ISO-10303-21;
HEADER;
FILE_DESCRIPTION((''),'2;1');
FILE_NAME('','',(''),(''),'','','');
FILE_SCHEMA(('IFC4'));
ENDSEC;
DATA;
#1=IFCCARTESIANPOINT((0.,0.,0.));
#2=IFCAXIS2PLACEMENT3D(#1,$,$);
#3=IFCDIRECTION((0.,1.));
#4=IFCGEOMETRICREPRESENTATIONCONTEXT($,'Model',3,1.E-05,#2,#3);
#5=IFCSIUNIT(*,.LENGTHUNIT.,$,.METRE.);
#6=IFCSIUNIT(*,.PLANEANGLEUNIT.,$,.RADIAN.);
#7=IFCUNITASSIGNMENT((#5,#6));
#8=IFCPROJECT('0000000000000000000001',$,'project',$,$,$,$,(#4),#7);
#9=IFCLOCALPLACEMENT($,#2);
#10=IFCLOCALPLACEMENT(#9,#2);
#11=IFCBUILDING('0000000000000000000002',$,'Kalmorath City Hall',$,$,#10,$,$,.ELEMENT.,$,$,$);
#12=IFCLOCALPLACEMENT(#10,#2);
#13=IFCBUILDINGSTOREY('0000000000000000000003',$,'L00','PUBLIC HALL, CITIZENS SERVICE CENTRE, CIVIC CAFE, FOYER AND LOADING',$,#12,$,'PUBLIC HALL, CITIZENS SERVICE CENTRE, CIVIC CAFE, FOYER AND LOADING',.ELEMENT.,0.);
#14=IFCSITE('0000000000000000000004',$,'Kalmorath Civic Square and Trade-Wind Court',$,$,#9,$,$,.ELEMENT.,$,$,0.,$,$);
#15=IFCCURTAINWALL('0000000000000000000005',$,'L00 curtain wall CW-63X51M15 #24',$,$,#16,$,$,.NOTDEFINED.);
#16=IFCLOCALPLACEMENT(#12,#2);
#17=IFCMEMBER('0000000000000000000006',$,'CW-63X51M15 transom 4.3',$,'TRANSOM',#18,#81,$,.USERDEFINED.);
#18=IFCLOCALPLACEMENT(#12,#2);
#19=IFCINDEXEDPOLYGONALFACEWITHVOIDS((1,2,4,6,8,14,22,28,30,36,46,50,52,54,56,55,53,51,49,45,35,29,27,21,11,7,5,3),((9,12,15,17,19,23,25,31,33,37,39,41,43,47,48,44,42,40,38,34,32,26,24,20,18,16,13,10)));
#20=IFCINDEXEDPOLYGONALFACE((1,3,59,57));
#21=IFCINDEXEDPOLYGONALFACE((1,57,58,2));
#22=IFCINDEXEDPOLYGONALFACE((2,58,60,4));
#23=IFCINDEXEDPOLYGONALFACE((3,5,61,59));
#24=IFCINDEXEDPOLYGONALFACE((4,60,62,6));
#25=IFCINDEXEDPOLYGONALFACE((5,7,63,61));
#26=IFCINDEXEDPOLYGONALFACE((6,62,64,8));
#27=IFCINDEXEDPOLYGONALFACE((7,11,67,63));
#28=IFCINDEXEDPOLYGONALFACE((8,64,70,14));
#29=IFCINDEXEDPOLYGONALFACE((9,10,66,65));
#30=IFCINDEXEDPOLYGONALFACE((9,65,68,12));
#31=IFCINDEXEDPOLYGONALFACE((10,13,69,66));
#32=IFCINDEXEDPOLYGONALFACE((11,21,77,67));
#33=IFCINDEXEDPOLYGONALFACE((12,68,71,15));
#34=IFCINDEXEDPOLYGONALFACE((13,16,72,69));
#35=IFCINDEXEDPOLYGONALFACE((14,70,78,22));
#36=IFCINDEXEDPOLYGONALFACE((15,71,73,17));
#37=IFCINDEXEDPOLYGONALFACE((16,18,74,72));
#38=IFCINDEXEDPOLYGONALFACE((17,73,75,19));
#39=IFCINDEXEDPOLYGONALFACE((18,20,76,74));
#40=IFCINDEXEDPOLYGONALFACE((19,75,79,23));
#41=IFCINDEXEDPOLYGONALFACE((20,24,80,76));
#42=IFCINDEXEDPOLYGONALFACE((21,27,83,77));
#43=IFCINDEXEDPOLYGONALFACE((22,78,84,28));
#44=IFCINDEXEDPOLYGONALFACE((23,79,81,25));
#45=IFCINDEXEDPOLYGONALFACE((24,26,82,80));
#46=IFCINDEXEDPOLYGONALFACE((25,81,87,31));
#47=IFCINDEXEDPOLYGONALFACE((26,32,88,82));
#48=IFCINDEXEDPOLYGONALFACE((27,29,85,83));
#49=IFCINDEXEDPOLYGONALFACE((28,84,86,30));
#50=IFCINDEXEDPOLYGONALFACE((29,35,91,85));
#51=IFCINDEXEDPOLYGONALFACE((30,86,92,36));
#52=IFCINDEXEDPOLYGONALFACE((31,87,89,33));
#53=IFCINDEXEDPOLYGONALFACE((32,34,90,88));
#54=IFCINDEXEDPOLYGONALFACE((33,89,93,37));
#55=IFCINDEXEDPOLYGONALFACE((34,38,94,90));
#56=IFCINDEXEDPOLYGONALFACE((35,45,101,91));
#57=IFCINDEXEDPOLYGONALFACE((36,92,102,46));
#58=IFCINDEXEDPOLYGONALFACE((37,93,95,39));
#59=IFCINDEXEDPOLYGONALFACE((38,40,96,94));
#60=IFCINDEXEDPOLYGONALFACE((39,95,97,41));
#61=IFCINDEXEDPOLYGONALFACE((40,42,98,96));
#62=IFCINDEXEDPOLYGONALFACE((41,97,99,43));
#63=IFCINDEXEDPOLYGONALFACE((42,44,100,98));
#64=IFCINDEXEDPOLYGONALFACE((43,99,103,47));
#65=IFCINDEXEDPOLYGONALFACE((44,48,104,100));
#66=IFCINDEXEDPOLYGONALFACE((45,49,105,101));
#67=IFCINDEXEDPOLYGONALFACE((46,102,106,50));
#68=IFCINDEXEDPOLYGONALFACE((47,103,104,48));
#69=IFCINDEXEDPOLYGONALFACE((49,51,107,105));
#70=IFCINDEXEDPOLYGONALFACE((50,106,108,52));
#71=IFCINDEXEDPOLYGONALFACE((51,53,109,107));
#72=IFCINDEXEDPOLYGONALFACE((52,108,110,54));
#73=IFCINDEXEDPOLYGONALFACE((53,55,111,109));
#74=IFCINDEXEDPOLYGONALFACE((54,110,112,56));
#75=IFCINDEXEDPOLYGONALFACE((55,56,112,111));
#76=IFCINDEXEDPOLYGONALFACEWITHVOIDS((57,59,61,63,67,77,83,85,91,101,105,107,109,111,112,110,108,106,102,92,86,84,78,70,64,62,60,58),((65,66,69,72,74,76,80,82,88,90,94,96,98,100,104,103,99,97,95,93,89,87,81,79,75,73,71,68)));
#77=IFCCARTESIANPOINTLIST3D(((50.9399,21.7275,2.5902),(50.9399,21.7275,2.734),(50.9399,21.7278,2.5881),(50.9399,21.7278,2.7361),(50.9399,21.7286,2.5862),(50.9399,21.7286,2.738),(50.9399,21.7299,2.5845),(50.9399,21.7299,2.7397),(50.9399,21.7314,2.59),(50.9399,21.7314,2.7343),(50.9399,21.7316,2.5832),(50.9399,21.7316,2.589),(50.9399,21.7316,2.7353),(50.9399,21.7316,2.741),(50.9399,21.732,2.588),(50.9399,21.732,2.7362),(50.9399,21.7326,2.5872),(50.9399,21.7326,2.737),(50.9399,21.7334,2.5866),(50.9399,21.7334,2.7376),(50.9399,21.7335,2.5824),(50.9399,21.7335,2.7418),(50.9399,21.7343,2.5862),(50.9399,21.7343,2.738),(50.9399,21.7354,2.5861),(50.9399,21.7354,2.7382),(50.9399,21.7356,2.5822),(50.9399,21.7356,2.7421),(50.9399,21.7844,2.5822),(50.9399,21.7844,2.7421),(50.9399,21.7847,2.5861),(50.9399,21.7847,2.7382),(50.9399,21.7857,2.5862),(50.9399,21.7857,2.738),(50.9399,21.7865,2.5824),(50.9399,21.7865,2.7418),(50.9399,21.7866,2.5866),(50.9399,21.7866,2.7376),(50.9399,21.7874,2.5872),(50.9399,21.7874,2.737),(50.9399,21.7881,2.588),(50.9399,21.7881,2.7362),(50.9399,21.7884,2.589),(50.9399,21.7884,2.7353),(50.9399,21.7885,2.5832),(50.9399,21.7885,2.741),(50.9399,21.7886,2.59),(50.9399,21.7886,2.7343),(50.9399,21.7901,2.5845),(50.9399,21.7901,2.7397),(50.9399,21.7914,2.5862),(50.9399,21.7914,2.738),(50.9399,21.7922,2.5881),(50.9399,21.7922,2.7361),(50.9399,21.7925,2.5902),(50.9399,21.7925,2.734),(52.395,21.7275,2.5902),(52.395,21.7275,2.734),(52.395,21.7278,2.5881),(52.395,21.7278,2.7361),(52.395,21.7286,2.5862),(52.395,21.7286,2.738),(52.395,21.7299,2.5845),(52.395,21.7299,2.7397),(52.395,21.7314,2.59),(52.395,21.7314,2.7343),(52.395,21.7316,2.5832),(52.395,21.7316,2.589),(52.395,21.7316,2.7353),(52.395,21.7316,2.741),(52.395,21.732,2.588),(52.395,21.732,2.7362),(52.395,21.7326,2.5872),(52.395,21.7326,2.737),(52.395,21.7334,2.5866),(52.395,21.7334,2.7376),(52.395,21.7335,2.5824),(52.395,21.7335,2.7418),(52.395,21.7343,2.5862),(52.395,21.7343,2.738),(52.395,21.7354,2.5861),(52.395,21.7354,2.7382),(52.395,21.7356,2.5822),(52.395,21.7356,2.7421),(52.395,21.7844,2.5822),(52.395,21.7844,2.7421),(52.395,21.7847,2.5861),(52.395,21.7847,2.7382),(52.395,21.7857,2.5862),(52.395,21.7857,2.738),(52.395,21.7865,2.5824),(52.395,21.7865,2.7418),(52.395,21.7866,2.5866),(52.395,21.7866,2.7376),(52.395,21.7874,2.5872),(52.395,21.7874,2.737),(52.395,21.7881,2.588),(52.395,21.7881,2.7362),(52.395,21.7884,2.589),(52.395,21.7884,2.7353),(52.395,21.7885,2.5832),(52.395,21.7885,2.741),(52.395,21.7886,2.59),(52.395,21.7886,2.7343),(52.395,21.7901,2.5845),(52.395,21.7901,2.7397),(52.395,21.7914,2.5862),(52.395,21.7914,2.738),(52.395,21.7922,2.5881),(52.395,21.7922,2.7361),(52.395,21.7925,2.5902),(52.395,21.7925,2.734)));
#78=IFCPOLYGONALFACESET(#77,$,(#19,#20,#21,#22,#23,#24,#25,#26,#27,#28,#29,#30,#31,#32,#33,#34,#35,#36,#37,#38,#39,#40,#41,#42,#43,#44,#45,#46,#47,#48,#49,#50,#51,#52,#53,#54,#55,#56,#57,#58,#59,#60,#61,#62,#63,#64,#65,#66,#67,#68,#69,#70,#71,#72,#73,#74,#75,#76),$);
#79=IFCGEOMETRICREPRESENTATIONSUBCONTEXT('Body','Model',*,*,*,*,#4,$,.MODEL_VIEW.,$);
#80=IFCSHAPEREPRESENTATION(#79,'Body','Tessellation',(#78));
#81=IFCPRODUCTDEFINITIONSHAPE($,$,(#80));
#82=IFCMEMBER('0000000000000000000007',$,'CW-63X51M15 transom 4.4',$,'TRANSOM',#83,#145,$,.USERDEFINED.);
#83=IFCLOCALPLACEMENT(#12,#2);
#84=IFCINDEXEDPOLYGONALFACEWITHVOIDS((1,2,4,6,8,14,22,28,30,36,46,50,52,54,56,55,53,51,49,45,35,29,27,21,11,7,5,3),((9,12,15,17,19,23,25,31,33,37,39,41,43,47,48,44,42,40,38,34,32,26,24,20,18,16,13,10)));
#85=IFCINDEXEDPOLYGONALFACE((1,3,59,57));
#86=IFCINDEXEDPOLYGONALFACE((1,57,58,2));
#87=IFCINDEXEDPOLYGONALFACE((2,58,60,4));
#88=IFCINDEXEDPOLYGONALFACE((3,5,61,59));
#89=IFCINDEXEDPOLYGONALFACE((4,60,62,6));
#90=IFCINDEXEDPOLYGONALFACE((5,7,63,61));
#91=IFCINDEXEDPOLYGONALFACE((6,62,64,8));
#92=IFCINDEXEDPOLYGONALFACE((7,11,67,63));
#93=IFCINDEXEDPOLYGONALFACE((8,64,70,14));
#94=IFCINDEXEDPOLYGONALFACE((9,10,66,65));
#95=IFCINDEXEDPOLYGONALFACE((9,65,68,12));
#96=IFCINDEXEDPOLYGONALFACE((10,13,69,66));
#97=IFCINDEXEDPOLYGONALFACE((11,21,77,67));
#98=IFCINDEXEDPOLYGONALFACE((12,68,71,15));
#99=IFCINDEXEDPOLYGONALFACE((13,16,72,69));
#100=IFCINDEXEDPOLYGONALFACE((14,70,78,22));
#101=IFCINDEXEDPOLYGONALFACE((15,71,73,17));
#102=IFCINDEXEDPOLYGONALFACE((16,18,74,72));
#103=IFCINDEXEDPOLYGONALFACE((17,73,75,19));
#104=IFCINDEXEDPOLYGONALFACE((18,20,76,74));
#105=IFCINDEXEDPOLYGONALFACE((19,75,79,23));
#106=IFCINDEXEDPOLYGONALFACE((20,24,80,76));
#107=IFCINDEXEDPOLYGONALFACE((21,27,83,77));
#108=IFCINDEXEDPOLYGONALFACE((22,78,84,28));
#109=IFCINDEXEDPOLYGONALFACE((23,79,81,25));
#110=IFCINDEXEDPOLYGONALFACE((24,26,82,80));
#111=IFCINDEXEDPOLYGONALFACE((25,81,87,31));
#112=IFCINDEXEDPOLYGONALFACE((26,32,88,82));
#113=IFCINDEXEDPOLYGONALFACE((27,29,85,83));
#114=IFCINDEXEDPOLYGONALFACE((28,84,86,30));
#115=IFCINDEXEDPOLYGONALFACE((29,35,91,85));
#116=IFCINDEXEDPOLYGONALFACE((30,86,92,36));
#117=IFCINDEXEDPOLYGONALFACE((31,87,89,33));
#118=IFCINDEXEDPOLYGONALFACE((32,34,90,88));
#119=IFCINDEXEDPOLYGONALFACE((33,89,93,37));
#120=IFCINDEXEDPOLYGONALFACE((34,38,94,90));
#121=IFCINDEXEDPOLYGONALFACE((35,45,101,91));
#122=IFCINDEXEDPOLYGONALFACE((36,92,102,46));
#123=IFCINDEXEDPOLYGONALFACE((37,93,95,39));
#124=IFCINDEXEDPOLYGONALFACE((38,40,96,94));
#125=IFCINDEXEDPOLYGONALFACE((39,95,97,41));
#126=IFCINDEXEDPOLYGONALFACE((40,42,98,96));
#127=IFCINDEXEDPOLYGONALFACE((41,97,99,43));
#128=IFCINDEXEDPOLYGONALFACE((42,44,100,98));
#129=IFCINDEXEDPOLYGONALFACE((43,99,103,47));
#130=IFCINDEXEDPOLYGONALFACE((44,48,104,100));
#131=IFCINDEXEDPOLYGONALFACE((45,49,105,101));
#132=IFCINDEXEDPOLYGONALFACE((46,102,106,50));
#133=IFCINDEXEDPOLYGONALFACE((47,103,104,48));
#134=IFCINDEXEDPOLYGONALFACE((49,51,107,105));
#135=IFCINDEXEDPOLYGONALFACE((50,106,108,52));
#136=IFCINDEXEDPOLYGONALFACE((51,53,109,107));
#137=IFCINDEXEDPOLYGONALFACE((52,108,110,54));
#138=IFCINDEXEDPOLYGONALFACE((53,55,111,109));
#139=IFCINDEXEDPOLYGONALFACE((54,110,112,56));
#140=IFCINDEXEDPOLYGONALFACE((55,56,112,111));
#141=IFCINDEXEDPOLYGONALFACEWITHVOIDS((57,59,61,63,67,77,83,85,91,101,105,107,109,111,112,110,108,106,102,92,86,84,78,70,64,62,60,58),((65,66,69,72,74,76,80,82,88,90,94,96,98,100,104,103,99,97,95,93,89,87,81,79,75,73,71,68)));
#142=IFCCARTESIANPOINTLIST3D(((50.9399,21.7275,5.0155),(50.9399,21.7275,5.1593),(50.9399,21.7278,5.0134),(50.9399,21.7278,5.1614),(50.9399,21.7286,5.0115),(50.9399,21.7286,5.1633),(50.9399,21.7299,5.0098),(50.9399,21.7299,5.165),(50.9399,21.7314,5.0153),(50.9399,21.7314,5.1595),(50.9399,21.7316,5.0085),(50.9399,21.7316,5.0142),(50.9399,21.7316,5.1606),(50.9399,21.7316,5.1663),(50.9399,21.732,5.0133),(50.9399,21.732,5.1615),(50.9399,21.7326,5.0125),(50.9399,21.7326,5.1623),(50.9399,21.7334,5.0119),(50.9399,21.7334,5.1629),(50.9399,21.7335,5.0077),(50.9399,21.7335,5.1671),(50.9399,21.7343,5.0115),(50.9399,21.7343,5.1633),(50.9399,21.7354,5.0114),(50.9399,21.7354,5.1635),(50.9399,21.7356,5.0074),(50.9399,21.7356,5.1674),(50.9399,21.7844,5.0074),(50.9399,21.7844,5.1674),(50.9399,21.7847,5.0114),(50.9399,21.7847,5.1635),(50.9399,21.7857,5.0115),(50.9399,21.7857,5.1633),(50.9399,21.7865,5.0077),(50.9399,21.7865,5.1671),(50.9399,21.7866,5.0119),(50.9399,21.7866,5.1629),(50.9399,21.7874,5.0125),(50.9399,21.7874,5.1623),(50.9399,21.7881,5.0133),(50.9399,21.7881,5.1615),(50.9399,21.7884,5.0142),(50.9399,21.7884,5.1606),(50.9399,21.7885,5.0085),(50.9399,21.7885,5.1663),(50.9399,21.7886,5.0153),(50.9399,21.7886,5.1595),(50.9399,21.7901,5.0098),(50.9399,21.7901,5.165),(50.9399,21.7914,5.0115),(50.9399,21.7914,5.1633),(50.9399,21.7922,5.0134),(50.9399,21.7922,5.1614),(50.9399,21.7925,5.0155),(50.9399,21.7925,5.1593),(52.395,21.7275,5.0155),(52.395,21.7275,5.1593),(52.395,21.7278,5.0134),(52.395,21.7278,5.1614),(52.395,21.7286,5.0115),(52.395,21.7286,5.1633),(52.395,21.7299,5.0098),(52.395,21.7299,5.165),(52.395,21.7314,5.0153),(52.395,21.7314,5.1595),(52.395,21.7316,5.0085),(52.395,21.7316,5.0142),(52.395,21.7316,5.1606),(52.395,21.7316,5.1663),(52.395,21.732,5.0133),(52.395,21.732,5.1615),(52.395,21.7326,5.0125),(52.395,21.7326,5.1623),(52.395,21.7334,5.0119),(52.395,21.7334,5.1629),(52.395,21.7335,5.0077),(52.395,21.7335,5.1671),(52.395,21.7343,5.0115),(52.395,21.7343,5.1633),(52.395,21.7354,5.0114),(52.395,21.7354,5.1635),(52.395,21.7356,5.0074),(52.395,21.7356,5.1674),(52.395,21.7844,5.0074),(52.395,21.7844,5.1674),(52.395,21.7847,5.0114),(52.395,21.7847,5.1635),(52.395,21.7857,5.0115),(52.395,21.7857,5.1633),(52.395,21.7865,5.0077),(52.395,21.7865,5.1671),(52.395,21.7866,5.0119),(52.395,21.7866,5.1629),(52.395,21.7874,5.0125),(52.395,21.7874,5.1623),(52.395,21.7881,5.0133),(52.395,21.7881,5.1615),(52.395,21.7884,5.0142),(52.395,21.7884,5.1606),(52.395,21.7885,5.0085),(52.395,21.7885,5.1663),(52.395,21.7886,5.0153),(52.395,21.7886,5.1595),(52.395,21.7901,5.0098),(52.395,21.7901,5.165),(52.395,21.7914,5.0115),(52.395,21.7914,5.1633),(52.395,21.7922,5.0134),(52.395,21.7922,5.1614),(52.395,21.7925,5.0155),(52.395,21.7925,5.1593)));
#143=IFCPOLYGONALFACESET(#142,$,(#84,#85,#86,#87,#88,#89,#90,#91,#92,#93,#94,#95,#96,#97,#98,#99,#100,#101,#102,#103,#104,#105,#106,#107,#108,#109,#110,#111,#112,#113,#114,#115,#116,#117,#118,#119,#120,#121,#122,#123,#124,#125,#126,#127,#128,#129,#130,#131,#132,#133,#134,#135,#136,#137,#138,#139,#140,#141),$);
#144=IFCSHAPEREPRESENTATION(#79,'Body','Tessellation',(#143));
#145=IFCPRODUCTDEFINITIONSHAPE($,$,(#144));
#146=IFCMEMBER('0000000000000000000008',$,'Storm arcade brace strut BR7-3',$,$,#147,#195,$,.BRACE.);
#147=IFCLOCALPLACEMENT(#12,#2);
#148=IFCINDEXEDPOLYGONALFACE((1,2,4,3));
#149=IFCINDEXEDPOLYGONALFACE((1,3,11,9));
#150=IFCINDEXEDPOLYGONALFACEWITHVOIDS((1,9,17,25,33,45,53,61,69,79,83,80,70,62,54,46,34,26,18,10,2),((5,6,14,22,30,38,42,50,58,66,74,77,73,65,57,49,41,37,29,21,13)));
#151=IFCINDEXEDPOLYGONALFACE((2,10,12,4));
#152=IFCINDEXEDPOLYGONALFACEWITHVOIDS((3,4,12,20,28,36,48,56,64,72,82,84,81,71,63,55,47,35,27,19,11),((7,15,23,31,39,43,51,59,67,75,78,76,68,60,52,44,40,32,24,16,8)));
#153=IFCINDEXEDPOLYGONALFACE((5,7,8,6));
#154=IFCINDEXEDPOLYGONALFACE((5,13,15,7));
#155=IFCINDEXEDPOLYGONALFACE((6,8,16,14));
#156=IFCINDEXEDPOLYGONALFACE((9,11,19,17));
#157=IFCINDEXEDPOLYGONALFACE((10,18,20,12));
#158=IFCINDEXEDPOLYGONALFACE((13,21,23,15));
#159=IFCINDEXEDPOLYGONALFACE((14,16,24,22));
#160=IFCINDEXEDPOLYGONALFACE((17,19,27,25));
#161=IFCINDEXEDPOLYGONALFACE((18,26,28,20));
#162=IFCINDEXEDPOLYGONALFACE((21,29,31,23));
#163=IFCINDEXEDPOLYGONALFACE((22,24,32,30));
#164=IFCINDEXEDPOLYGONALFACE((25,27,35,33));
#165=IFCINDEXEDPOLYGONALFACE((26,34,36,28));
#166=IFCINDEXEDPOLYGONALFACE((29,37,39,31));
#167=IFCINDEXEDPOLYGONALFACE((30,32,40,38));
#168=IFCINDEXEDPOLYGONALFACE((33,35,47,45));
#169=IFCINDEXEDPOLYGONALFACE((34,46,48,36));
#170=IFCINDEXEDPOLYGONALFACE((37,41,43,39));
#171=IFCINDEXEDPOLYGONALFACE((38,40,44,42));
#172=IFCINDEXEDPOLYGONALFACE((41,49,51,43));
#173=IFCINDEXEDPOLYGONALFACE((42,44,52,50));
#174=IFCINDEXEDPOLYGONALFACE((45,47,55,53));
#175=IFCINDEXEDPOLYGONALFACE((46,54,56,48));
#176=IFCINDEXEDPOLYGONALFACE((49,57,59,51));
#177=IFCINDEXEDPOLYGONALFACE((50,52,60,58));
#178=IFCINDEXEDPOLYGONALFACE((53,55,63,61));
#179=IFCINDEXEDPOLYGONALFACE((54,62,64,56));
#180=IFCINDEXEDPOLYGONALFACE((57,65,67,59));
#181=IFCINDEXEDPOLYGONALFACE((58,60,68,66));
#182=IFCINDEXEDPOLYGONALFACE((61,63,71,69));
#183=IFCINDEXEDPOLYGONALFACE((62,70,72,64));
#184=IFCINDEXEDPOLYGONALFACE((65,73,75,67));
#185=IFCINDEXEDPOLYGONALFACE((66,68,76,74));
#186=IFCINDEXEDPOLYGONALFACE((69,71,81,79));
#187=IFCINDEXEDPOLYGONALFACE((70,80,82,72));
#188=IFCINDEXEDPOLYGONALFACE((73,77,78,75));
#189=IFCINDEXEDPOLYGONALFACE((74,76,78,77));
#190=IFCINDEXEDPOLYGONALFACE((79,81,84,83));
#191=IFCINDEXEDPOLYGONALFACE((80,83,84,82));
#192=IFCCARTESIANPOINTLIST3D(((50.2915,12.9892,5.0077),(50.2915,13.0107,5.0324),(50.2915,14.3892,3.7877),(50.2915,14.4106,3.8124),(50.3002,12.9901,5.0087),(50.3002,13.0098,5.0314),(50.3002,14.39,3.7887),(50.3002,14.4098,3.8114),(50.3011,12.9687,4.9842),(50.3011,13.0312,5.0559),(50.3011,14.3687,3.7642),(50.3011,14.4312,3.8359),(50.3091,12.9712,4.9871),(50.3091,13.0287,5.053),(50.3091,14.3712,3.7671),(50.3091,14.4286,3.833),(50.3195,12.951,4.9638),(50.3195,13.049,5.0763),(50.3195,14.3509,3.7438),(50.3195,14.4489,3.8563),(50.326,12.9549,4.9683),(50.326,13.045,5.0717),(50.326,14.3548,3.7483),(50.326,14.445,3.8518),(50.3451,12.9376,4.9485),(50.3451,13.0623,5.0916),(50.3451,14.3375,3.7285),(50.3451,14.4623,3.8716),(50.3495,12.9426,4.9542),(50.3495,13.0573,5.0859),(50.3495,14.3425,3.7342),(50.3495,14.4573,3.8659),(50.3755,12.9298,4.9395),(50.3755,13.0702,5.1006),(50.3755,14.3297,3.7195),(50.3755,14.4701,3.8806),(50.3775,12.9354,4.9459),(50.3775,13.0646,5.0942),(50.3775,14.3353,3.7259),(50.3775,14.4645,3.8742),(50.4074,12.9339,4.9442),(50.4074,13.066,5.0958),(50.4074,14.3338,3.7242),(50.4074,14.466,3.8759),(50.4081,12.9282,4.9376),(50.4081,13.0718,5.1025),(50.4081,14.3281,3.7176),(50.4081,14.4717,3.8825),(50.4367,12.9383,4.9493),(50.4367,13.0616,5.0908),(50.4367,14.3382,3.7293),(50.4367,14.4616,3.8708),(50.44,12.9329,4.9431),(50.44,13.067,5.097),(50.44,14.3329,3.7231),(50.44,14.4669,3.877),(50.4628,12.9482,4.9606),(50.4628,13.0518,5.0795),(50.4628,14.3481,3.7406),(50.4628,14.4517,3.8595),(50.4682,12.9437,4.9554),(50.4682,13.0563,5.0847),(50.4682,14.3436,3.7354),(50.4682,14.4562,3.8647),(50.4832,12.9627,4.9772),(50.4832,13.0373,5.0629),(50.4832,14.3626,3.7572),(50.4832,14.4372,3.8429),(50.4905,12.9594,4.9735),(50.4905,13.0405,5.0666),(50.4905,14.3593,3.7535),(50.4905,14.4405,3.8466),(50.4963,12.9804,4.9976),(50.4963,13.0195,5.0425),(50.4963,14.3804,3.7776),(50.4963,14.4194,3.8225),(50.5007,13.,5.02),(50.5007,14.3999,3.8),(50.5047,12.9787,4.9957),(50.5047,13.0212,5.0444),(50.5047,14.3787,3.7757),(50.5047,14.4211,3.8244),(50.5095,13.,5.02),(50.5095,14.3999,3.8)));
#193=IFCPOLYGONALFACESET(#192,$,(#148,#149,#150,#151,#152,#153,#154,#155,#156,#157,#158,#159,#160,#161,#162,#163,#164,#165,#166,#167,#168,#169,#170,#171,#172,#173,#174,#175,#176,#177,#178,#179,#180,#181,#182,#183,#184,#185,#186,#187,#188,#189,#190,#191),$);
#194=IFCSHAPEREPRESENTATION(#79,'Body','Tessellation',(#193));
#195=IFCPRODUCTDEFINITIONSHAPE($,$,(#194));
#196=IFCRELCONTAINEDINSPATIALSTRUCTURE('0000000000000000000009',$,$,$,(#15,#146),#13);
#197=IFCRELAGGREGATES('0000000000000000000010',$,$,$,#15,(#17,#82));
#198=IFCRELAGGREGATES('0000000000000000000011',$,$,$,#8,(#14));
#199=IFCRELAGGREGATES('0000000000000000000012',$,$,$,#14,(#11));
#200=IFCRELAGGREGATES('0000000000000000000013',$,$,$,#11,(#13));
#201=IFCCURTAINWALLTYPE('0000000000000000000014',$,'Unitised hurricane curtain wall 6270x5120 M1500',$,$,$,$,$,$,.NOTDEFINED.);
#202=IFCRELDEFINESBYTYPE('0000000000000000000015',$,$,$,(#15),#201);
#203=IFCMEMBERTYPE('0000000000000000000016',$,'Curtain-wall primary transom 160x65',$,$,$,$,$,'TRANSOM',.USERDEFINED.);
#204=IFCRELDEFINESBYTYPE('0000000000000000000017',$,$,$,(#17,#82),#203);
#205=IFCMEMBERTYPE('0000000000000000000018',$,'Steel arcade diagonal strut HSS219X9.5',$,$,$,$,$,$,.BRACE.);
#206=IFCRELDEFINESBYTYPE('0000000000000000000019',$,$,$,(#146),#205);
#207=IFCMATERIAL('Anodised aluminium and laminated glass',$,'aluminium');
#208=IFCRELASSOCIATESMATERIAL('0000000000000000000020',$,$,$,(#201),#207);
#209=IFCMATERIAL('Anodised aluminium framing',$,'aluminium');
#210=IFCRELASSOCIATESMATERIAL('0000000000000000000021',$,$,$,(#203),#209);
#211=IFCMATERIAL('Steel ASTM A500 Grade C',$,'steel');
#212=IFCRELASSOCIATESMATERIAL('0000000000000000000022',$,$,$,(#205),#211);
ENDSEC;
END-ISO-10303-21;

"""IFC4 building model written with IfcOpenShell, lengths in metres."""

from ifc_helpers import new_model, si_unit, direction, frame, origin, origin_2d, place, context, subcontext, project, spatial, hollow_rectangle, hollow_circle, extrude, material, material_profile, profile_set, type_object, element, aggregate, save


model = new_model("IFC4")

# Units and contexts
model_context = context("Model", 3, precision=1e-05, world=origin(), true_north=direction((0.0, 1.0)))
body_context = subcontext(model_context, "Body", "Model", "MODEL_VIEW")
ifc_project = project(units=[si_unit("LENGTHUNIT", "METRE"), si_unit("PLANEANGLEUNIT", "RADIAN")], contexts=[model_context])

# Site, building, storey
site_placement = place(None, origin())
site = spatial("IfcSite", under=ifc_project, at=site_placement, Name="Kalmorath Civic Square and Trade-Wind Court", CompositionType="ELEMENT", RefElevation=0.0)
building_placement = place(site_placement, origin())
building = spatial("IfcBuilding", under=site, at=building_placement, Name="Kalmorath City Hall", CompositionType="ELEMENT")
storey_placement = place(building_placement, origin())
storey = spatial("IfcBuildingStorey", under=building, at=storey_placement, Name="L00", Description="PUBLIC HALL, CITIZENS SERVICE CENTRE, CIVIC CAFE, FOYER AND LOADING", LongName="PUBLIC HALL, CITIZENS SERVICE CENTRE, CIVIC CAFE, FOYER AND LOADING", CompositionType="ELEMENT", Elevation=0.0)

# Curtain wall, members
ifc_material_1 = material(Name="Anodised aluminium and laminated glass", Category="aluminium")
curtain_wall_type = type_object("IfcCurtainWallType", Name="Unitised hurricane curtain wall 6270x5120 M1500", PredefinedType="NOTDEFINED", material=ifc_material_1)
curtain_wall_placement = place(storey_placement, origin())
curtain_wall = element("IfcCurtainWall", 1, at=curtain_wall_placement, inside=storey, type_object=curtain_wall_type, Name="L00 curtain wall CW-63X51M15 #24", PredefinedType="NOTDEFINED")
ifc_material_2 = material(Name="Anodised aluminium framing", Category="aluminium")
ifc_material_profile_1 = material_profile(ifc_material_2, hollow_rectangle(XDim=0.0649, YDim=0.1599, WallThickness=0.0039, InnerFilletRadius=0.0039, OuterFilletRadius=0.0081, at=origin_2d()), Name="ALU-TRN-160X65X4")
ifc_profile_set_1 = profile_set([ifc_material_profile_1], Name="Anodised aluminium framing")
member_type_1 = type_object("IfcMemberType", Name="Curtain-wall primary transom 160x65", ElementType="TRANSOM", PredefinedType="USERDEFINED", material=ifc_profile_set_1)
member_1_placement = place(storey_placement, frame((52.395, 21.76, 2.6621), z_axis=(-1.0, 0.0, 0.0), x_axis=(0.0, -1.0, 0.0)))
member_1 = element("IfcMember", 2, at=member_1_placement, type_object=member_type_1, Name="CW-63X51M15 transom 4.3", ObjectType="TRANSOM", PredefinedType="USERDEFINED", context=body_context, shape_type="SweptSolid", body=[
    extrude(hollow_rectangle(XDim=0.0649, YDim=0.1599, WallThickness=0.0039, InnerFilletRadius=0.0039, OuterFilletRadius=0.0081, at=origin_2d()), origin(), (0.0, 0.0, 1.0), 1.4551),
])
member_2_placement = place(storey_placement, frame((52.395, 21.76, 5.0874), z_axis=(-1.0, 0.0, 0.0), x_axis=(0.0, -1.0, 0.0)))
member_2 = element("IfcMember", 3, at=member_2_placement, type_object=member_type_1, Name="CW-63X51M15 transom 4.4", ObjectType="TRANSOM", PredefinedType="USERDEFINED", context=body_context, shape_type="SweptSolid", body=[
    extrude(hollow_rectangle(XDim=0.0649, YDim=0.1599, WallThickness=0.0039, InnerFilletRadius=0.0039, OuterFilletRadius=0.0081, at=origin_2d()), origin(), (0.0, 0.0, 1.0), 1.4551),
])

# Member
ifc_material_3 = material(Name="Steel ASTM A500 Grade C", Category="steel")
ifc_material_profile_2 = material_profile(ifc_material_3, hollow_circle(Radius=0.1096, WallThickness=0.0088, at=origin_2d()), Name="HSS219X9.5")
ifc_profile_set_2 = profile_set([ifc_material_profile_2], Name="Steel ASTM A500 Grade C")
member_type_2 = type_object("IfcMemberType", Name="Steel arcade diagonal strut HSS219X9.5", PredefinedType="BRACE", material=ifc_profile_set_2)
for number, where, z_axis, x_axis, name in (
    (4, (50.3999, 14.3999, 3.8), (0.0, -0.753895, 0.656995), (1.0, 0.0, 0.0), "Storm arcade brace strut BR7-3"),
):
    element("IfcMember", number, at=place(storey_placement, frame(where, z_axis=z_axis, x_axis=x_axis)), inside=storey, type_object=member_type_2, Name=name, PredefinedType="BRACE", context=body_context, shape_type="SweptSolid", body=[
        extrude(hollow_circle(Radius=0.1096, WallThickness=0.0088, at=origin_2d()), origin(), (0.0, 0.0, 1.0), 1.8569),
    ])

aggregate(curtain_wall, [member_1, member_2])

save(model, "model.ifc")
